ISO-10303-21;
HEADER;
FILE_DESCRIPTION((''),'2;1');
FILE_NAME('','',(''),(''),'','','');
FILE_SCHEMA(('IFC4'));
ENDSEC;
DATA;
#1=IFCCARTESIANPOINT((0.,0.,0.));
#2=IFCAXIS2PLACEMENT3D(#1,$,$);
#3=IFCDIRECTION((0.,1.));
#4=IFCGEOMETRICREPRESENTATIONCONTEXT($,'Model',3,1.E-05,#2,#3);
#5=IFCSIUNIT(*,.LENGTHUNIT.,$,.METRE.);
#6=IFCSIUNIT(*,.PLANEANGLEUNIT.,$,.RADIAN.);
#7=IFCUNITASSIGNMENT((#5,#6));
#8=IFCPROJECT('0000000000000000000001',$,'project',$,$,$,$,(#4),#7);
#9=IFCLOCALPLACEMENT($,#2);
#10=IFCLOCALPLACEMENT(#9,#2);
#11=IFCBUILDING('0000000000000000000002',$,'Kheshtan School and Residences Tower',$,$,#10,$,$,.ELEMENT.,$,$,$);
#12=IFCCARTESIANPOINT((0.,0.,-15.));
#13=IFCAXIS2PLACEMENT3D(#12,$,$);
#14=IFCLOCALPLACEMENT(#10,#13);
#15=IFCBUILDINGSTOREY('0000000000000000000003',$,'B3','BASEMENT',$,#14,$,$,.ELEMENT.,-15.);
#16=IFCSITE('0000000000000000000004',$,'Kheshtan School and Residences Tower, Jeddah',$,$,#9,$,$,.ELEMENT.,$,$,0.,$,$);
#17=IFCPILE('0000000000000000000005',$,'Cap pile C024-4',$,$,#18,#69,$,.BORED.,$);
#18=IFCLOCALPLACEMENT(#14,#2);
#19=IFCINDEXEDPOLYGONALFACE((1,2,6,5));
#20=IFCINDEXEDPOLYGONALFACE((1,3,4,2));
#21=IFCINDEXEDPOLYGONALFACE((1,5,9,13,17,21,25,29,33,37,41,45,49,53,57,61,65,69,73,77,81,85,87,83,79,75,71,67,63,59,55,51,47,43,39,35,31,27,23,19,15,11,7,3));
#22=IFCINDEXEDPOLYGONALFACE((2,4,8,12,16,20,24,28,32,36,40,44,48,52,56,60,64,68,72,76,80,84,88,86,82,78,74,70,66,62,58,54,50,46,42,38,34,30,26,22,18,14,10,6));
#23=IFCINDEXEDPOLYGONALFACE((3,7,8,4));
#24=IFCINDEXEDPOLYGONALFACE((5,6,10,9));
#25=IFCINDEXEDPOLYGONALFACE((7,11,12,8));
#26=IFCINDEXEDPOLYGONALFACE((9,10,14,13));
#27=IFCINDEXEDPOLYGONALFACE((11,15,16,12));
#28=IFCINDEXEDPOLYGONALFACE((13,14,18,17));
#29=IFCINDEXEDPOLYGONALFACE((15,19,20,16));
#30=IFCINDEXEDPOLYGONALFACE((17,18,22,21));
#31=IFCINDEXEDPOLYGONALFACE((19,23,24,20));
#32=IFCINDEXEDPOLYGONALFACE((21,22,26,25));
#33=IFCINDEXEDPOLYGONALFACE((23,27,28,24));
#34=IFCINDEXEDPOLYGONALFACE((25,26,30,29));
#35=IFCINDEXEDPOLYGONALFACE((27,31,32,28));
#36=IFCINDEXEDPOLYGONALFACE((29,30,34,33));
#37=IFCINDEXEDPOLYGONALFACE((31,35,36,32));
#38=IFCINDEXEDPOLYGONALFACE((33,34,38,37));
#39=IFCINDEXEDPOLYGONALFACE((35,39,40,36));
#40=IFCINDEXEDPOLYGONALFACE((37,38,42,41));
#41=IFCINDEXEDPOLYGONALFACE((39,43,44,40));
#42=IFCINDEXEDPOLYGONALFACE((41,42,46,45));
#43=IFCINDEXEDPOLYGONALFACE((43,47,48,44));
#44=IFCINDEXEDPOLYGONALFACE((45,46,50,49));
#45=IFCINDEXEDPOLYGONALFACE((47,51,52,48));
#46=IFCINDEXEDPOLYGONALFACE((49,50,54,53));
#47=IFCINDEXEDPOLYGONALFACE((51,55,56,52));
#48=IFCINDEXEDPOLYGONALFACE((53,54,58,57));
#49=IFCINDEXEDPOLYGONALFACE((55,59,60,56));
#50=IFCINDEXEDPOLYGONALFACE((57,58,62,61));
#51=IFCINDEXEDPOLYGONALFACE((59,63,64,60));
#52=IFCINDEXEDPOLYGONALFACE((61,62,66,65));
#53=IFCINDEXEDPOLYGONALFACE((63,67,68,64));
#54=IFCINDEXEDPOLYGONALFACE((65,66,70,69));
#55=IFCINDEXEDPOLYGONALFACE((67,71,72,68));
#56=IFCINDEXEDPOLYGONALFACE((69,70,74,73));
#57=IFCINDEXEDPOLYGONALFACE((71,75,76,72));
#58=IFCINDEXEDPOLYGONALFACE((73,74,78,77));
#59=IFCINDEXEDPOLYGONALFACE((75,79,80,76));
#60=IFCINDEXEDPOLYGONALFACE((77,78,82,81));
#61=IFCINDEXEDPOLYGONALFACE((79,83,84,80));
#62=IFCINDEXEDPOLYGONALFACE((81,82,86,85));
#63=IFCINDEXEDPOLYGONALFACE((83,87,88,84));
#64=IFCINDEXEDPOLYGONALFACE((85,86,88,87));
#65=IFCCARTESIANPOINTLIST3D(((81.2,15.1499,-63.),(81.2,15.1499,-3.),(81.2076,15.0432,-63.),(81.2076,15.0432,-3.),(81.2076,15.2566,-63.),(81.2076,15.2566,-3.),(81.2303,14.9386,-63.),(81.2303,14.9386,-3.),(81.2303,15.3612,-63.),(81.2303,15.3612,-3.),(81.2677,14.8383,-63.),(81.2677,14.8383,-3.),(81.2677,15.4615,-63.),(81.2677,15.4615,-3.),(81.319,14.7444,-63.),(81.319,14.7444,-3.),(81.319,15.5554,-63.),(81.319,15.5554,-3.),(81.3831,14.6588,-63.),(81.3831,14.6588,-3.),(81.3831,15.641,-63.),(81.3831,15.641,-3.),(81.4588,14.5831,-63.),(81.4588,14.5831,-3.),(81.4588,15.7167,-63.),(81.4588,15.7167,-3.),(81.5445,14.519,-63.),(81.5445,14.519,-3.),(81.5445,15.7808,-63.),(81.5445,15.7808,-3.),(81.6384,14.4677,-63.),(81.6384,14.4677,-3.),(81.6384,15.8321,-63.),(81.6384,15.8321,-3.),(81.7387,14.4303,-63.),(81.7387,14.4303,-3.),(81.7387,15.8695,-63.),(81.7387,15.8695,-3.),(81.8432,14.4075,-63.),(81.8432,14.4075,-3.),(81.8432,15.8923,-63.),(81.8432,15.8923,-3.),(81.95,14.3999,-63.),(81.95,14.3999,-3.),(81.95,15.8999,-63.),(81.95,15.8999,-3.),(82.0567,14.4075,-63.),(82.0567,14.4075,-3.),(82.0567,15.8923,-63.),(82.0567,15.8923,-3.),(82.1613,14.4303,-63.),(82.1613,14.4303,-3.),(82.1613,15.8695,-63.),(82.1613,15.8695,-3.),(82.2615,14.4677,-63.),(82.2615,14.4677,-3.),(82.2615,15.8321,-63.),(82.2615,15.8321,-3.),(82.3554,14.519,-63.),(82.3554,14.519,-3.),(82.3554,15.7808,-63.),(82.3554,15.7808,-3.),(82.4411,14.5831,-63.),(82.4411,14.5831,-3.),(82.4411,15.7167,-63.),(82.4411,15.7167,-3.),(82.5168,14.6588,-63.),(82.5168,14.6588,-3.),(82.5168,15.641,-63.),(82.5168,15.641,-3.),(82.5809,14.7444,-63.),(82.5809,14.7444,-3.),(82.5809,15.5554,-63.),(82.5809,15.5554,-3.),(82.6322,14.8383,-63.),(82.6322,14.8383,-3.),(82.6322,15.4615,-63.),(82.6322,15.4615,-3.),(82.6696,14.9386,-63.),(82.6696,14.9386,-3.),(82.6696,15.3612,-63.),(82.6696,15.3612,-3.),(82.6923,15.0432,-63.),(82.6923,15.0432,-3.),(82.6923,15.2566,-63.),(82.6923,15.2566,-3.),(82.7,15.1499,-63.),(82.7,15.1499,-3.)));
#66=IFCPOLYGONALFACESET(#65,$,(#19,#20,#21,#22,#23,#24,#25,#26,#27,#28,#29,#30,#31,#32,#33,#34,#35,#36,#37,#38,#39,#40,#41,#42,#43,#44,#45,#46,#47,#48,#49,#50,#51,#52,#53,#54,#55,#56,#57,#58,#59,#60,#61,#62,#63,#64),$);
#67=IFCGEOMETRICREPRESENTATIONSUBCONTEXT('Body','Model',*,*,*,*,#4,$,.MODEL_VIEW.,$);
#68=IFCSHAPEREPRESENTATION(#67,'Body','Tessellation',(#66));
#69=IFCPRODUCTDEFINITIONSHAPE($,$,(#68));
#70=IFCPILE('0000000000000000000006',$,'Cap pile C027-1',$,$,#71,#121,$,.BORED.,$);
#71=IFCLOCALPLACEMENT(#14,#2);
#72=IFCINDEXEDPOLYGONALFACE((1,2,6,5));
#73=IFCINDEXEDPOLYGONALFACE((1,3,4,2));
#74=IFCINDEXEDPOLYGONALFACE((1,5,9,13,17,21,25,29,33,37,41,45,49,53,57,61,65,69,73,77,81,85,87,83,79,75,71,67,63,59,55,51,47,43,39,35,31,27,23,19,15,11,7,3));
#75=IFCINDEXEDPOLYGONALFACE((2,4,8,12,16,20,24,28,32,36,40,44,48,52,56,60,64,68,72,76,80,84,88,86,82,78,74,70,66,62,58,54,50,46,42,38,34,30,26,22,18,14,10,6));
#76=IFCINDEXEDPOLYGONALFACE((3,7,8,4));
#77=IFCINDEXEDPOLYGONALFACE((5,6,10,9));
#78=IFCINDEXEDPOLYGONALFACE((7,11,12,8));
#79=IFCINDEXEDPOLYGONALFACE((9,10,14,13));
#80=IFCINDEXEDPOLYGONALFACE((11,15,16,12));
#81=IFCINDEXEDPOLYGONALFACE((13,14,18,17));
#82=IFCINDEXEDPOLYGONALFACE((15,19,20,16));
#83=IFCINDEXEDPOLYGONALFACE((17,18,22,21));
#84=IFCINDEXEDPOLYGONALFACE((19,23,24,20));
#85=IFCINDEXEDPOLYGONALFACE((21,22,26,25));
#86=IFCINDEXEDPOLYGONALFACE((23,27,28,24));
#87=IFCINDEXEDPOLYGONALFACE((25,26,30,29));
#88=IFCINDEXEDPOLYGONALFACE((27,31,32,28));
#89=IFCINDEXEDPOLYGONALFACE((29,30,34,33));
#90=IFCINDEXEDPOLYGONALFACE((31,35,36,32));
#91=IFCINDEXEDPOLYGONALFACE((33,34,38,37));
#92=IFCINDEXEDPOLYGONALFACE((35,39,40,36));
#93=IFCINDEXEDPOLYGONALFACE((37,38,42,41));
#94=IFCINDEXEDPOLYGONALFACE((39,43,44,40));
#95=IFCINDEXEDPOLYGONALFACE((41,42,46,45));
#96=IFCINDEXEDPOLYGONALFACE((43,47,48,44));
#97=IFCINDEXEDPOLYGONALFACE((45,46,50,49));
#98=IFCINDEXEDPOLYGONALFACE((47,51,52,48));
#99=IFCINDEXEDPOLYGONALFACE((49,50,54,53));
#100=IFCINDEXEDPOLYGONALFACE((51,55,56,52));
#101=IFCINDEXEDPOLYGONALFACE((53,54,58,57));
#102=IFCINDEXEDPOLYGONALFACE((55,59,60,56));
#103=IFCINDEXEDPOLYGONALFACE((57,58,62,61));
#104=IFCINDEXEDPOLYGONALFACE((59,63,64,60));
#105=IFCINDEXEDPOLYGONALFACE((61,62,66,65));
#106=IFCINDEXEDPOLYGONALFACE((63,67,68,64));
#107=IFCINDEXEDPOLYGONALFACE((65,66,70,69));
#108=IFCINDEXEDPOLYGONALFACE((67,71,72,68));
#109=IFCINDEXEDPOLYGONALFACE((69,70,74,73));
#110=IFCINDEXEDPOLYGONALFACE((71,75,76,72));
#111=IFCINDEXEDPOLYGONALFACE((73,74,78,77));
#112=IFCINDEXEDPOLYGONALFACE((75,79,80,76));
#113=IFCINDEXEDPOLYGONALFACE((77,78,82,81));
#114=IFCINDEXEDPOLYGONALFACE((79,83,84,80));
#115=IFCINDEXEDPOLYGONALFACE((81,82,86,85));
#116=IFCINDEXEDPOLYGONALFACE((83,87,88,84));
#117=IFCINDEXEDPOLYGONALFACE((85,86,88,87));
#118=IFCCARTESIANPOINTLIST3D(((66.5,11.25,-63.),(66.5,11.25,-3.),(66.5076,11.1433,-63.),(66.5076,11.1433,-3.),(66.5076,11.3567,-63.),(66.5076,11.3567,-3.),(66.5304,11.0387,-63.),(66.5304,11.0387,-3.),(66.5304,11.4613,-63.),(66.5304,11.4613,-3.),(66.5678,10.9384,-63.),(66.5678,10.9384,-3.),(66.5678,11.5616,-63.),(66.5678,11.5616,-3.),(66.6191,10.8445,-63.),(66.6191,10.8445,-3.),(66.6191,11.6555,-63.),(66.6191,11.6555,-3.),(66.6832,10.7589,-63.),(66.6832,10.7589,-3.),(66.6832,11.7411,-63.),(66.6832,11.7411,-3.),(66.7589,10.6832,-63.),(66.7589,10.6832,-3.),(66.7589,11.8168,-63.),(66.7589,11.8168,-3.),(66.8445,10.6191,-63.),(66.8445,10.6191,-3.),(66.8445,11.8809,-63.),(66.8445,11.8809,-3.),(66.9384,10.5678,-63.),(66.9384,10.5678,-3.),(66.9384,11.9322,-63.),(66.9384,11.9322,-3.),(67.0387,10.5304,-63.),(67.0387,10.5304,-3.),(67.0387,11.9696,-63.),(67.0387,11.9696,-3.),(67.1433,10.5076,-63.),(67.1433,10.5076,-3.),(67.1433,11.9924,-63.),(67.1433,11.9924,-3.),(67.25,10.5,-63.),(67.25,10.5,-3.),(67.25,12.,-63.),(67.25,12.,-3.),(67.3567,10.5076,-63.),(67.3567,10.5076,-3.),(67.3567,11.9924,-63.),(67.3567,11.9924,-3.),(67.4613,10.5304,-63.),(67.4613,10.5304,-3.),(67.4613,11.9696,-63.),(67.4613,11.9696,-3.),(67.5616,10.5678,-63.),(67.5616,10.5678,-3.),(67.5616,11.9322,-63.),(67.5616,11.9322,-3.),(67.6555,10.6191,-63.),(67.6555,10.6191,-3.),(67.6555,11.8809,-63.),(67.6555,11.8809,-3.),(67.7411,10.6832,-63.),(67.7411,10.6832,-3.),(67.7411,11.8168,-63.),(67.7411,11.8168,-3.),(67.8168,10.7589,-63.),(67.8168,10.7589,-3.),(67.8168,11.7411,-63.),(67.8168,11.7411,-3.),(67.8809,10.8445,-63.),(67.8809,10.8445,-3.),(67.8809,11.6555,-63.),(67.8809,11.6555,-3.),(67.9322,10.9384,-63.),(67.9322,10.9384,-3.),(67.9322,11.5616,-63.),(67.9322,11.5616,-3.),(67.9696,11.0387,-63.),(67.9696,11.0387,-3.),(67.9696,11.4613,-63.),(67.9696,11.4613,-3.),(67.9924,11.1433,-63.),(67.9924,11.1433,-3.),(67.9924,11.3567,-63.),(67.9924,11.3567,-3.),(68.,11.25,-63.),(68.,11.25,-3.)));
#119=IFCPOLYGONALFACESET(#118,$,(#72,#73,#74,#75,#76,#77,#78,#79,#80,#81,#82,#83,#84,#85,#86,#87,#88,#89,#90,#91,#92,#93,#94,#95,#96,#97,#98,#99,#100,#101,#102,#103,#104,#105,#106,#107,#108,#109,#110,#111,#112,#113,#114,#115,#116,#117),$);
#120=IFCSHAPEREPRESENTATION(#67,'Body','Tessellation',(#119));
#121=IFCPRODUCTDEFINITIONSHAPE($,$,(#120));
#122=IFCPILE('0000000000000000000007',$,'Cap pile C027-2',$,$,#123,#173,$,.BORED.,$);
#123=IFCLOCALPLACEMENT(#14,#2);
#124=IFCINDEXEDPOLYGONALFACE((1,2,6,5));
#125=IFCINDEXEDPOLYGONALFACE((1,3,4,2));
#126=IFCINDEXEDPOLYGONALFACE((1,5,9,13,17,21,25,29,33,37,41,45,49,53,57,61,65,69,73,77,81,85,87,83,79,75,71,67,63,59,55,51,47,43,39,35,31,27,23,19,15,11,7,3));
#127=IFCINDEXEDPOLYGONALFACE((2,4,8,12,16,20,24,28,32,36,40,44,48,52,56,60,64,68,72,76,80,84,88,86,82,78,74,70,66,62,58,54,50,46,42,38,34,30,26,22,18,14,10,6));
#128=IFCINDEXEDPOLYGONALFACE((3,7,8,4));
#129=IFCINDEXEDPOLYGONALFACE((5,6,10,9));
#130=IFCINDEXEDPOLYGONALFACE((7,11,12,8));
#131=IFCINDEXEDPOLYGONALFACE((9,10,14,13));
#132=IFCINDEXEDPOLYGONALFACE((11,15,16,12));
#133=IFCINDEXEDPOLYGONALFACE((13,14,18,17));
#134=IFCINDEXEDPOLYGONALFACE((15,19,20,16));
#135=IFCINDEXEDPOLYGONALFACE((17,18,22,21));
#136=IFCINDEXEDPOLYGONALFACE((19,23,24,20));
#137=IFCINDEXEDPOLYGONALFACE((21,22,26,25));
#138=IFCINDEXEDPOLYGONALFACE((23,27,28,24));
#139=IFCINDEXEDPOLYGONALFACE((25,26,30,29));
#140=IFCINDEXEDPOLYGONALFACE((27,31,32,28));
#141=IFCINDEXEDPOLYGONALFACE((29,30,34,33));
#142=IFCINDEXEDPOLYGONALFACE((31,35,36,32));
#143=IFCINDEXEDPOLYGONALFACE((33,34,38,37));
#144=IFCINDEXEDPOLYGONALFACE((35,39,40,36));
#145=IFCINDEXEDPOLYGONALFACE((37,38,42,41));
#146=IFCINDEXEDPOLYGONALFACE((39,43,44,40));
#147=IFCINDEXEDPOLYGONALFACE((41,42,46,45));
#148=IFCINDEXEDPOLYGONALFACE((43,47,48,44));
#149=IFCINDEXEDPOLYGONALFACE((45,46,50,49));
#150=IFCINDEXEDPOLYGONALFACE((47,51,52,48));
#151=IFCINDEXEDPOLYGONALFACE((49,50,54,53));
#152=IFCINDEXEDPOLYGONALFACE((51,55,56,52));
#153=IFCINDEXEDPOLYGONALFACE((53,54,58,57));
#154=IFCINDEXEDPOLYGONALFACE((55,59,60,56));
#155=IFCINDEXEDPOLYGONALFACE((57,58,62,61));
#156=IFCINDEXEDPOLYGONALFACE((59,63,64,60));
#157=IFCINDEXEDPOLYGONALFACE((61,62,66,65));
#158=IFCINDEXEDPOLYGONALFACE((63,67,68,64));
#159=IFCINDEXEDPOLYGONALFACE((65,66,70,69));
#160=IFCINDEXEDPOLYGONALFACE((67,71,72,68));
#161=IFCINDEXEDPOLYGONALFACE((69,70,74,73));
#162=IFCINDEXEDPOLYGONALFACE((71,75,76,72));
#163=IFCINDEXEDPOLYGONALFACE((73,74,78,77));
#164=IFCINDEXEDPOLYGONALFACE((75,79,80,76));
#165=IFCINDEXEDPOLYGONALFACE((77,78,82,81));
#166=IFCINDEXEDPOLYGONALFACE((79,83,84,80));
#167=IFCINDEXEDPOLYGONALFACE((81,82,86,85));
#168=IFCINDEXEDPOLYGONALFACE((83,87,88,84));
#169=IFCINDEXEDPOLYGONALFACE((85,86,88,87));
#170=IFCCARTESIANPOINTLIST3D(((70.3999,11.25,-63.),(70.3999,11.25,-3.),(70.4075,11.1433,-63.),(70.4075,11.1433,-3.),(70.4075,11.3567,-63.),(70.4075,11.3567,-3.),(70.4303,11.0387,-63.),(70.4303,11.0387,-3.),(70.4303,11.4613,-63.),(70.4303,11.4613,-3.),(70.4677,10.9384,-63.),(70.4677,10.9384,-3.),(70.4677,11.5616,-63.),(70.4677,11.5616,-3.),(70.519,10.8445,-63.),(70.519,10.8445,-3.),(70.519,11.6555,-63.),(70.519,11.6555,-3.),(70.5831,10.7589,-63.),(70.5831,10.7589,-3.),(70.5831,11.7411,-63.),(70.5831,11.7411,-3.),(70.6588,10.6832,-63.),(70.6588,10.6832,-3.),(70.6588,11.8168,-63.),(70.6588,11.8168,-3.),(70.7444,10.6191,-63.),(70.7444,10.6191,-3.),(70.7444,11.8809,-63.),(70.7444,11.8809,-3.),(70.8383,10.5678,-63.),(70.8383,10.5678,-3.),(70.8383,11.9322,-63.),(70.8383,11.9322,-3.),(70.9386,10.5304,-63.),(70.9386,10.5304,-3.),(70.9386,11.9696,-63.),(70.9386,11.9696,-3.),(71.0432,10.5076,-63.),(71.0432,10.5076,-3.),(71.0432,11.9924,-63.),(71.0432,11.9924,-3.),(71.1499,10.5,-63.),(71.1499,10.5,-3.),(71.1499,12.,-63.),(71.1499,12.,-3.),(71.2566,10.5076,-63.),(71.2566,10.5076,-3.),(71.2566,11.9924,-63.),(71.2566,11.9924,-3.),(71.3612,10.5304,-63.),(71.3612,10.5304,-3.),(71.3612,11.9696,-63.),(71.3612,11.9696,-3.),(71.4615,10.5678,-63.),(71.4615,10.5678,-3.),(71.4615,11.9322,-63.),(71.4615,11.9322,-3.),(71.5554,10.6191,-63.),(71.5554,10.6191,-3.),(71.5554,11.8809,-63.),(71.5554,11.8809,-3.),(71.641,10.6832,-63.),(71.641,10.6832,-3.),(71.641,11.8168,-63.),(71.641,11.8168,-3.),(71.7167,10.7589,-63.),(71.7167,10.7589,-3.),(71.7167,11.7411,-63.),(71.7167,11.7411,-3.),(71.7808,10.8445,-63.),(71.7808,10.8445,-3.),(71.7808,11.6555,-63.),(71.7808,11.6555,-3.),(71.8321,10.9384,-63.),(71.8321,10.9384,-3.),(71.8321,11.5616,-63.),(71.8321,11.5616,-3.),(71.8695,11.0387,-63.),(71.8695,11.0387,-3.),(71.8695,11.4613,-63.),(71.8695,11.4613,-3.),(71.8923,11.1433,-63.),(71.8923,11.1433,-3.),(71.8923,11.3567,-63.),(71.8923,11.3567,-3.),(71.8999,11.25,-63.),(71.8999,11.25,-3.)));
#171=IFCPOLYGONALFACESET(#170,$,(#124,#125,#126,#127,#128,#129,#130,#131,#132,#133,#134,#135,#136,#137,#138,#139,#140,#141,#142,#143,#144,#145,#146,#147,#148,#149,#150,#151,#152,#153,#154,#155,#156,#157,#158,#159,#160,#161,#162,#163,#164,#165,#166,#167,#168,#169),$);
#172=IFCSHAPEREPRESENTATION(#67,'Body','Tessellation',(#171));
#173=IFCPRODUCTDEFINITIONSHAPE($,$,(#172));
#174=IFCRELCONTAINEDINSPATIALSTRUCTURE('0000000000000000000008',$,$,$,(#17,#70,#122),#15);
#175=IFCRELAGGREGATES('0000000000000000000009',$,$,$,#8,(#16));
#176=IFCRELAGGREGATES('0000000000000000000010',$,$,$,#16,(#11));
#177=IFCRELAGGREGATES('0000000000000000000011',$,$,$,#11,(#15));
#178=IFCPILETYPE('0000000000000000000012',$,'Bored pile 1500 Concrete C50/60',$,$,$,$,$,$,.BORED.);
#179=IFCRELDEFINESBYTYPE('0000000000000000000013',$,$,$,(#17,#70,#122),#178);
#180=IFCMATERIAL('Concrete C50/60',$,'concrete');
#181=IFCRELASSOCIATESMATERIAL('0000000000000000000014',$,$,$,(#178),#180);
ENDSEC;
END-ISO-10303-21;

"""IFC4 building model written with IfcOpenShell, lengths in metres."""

from ifc_helpers import new_model, si_unit, direction, frame, origin, origin_2d, place, context, subcontext, project, spatial, circle, extrude, material, material_profile, profile_set, type_object, element, save


model = new_model("IFC4")

# Units and contexts
model_context = context("Model", 3, precision=1e-05, world=origin(), true_north=direction((0.0, 1.0)))
body_context = subcontext(model_context, "Body", "Model", "MODEL_VIEW")
ifc_project = project(units=[si_unit("LENGTHUNIT", "METRE"), si_unit("PLANEANGLEUNIT", "RADIAN")], contexts=[model_context])

# Site, building, storey
site_placement = place(None, origin())
site = spatial("IfcSite", under=ifc_project, at=site_placement, Name="Kheshtan School and Residences Tower, Jeddah", CompositionType="ELEMENT", RefElevation=0.0)
building_placement = place(site_placement, origin())
building = spatial("IfcBuilding", under=site, at=building_placement, Name="Kheshtan School and Residences Tower", CompositionType="ELEMENT")
storey_placement = place(building_placement, frame((0.0, 0.0, -15.0)))
storey = spatial("IfcBuildingStorey", under=building, at=storey_placement, Name="B3", Description="BASEMENT", CompositionType="ELEMENT", Elevation=-15.0)

# Piles
ifc_material_1 = material(Name="Concrete C50/60", Category="concrete")
ifc_material_profile_1 = material_profile(ifc_material_1, circle(Radius=0.75, at=origin_2d()), Name="BP 1500")
ifc_profile_set_1 = profile_set([ifc_material_profile_1], Name="Concrete C50/60")
pile_type_1 = type_object("IfcPileType", Name="Bored pile 1500 Concrete C50/60", PredefinedType="BORED", material=ifc_profile_set_1)
for number, where, z_axis, x_axis, name in (
    (1, (81.95, 15.1499, -3.0), (0.0, 0.0, -1.0), (1.0, 0.0, 0.0), "Cap pile C024-4"),
    (2, (67.25, 11.25, -3.0), (0.0, 0.0, -1.0), (1.0, 0.0, 0.0), "Cap pile C027-1"),
    (3, (71.1499, 11.25, -3.0), (0.0, 0.0, -1.0), (1.0, 0.0, 0.0), "Cap pile C027-2"),
):
    element("IfcPile", number, at=place(storey_placement, frame(where, z_axis=z_axis, x_axis=x_axis)), inside=storey, type_object=pile_type_1, Name=name, PredefinedType="BORED", context=body_context, shape_type="SweptSolid", body=[
        extrude(circle(Radius=0.75, at=origin_2d()), origin(), (0.0, 0.0, 1.0), 60.0),
    ])

save(model, "model.ifc")
